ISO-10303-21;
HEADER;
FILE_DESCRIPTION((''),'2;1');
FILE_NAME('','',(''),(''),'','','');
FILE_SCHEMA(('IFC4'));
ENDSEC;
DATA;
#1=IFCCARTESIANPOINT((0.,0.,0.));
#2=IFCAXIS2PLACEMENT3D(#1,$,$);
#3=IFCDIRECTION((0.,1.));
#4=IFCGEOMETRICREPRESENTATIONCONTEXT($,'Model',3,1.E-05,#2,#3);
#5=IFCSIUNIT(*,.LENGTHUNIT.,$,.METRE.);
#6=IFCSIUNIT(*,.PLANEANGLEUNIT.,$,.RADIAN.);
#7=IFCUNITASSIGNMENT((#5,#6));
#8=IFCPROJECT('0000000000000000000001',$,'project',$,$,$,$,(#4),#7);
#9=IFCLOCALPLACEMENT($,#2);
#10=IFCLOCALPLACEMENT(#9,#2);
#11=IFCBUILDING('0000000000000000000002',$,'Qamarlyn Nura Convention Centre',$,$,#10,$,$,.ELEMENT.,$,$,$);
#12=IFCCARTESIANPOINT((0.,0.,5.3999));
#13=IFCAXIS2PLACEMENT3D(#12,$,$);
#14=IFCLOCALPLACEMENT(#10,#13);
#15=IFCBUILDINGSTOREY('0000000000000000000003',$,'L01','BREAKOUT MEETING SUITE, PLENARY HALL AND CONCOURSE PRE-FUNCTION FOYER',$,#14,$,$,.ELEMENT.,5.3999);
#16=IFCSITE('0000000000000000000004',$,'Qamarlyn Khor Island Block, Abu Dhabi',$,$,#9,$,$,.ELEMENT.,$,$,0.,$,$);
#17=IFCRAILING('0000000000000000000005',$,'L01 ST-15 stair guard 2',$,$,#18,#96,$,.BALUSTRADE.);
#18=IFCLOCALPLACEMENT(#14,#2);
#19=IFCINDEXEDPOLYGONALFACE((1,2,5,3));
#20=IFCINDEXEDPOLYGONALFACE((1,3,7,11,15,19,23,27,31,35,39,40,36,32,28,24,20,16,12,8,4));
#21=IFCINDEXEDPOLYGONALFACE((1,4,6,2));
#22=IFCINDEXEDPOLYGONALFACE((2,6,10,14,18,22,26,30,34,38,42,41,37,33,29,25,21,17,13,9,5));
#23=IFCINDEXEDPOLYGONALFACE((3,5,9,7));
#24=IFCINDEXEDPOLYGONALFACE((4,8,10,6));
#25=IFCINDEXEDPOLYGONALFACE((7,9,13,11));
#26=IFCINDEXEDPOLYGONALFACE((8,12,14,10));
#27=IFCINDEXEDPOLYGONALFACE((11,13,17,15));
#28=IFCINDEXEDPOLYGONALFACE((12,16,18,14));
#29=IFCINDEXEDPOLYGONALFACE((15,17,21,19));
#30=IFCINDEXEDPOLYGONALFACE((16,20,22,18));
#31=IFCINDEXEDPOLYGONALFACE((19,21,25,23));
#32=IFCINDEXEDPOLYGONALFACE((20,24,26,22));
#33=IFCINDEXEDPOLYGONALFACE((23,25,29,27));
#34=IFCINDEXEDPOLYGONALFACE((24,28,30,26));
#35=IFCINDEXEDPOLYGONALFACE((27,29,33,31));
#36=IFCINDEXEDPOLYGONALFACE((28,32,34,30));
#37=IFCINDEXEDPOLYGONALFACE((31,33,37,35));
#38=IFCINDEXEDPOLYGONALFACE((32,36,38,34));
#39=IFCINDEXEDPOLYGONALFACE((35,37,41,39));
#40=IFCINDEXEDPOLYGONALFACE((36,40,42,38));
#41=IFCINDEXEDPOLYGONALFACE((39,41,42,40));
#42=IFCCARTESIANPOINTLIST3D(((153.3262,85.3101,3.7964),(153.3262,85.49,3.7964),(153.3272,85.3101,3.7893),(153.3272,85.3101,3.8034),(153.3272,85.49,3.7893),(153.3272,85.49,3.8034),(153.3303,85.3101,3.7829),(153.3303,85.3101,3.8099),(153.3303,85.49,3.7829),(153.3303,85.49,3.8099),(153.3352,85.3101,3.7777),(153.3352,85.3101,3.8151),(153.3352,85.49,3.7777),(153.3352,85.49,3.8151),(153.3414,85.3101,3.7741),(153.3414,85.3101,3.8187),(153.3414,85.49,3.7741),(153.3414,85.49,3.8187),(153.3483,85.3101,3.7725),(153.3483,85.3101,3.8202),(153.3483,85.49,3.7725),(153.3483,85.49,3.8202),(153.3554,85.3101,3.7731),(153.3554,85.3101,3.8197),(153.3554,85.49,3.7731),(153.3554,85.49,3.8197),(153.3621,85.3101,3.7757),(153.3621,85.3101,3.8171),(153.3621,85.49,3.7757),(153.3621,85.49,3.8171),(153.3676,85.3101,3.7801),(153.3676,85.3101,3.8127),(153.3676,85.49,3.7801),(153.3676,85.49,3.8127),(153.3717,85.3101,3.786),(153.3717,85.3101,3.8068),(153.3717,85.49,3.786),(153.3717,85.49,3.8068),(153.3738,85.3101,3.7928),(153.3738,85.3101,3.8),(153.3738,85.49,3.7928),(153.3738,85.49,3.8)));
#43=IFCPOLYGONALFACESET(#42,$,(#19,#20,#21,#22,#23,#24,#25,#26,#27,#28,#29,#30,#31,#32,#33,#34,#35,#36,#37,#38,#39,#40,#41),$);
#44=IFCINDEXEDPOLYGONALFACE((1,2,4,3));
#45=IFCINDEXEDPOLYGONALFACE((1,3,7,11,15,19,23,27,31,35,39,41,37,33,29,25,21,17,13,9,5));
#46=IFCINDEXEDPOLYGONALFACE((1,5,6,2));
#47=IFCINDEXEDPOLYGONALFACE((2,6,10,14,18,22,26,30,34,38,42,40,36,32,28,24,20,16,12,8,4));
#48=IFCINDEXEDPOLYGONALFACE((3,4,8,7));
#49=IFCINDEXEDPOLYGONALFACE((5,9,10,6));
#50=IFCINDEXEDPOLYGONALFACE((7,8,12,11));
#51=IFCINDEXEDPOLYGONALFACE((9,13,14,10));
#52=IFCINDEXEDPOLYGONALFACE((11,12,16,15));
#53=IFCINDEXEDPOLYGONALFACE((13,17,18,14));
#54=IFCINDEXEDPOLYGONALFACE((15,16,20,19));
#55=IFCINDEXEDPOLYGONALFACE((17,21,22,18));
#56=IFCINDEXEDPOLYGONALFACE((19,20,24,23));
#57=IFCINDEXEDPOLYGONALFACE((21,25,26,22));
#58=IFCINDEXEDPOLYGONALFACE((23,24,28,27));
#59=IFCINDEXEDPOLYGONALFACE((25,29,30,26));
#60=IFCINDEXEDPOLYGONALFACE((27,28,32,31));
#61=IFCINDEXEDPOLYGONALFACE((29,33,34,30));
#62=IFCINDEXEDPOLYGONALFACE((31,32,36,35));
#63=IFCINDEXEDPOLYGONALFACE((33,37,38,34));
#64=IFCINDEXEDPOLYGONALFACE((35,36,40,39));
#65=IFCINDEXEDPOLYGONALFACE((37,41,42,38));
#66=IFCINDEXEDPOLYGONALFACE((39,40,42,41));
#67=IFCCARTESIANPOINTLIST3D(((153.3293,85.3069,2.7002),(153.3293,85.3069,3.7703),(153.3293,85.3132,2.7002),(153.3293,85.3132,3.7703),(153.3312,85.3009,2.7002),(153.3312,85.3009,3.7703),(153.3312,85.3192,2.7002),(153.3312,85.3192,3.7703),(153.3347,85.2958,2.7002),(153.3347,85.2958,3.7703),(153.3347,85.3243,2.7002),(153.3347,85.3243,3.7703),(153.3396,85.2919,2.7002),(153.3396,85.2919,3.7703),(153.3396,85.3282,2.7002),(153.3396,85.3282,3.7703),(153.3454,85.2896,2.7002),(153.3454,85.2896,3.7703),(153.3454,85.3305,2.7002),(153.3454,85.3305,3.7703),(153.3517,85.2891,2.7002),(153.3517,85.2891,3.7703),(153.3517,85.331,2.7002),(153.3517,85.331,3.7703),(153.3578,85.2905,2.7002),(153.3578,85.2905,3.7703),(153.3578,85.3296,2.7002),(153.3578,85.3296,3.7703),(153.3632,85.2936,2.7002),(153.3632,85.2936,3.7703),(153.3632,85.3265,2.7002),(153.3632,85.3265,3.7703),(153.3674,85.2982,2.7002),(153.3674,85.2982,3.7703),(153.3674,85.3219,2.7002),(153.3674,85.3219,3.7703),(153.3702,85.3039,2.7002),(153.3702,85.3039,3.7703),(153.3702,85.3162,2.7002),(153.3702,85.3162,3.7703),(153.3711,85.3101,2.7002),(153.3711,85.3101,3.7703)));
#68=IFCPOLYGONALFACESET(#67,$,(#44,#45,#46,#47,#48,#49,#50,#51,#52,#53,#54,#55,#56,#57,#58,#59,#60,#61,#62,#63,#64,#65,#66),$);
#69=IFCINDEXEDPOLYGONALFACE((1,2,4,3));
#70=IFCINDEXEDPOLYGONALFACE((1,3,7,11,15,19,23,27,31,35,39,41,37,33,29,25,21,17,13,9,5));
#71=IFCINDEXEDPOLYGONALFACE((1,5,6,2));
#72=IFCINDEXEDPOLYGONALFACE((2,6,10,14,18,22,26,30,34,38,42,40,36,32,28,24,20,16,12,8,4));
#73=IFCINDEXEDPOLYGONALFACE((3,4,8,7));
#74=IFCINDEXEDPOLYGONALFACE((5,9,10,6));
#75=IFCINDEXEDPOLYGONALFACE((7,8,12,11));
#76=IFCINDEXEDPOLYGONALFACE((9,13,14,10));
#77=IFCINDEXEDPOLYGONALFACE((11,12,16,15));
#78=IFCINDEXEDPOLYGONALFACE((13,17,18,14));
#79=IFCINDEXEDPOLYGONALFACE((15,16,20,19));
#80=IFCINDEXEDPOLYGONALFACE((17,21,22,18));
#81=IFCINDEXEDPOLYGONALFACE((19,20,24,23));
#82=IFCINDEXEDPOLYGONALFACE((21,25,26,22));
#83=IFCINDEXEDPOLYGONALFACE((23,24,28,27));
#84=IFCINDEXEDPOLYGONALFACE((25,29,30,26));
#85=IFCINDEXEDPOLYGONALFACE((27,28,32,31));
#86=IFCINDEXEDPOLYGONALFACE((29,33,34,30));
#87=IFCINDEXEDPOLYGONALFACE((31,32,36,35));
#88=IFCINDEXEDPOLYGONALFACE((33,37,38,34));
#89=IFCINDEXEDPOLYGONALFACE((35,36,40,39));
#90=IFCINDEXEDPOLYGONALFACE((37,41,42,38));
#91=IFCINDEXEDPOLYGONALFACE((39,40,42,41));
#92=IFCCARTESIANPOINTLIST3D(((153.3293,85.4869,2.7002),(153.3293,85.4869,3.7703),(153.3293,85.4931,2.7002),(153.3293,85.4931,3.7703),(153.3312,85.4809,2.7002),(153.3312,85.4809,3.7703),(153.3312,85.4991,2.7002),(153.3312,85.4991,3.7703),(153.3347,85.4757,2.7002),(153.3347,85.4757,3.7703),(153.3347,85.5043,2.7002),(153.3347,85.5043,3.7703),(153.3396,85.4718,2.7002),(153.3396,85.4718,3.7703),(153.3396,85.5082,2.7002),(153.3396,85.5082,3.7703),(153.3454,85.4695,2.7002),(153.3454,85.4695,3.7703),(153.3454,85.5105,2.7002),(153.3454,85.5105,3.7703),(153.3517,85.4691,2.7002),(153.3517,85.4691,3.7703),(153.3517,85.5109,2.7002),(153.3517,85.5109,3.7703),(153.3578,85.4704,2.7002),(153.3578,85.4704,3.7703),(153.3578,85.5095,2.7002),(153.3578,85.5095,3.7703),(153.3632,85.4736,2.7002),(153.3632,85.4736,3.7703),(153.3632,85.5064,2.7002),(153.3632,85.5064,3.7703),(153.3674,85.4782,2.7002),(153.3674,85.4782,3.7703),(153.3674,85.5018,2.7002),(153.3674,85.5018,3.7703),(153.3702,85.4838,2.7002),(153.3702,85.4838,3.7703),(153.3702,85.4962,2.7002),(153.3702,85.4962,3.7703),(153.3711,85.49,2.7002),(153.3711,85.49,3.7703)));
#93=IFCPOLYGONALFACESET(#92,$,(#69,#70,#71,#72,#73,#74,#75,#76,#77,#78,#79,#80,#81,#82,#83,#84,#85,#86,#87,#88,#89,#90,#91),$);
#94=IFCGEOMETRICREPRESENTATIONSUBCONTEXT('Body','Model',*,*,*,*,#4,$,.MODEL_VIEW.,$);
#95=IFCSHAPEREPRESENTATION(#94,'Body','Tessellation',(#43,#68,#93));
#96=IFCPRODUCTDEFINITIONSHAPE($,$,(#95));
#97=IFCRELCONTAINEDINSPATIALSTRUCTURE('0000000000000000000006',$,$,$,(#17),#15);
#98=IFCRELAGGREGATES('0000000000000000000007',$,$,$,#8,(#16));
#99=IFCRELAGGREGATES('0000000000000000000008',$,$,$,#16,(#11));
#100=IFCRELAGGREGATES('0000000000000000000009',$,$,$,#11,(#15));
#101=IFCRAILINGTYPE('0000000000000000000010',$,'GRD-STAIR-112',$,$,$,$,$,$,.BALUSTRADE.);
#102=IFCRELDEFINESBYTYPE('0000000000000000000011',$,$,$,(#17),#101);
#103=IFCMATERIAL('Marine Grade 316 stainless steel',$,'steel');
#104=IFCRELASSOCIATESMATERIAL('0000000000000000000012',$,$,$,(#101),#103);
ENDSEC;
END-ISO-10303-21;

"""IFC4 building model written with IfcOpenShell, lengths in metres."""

from ifc_helpers import new_model, si_unit, direction, frame, origin, origin_2d, place, context, subcontext, project, spatial, circle, extrude, material, type_object, element, save


model = new_model("IFC4")

# Units and contexts
model_context = context("Model", 3, precision=1e-05, world=origin(), true_north=direction((0.0, 1.0)))
body_context = subcontext(model_context, "Body", "Model", "MODEL_VIEW")
ifc_project = project(units=[si_unit("LENGTHUNIT", "METRE"), si_unit("PLANEANGLEUNIT", "RADIAN")], contexts=[model_context])

# Site, building, storey
site_placement = place(None, origin())
site = spatial("IfcSite", under=ifc_project, at=site_placement, Name="Qamarlyn Khor Island Block, Abu Dhabi", CompositionType="ELEMENT", RefElevation=0.0)
building_placement = place(site_placement, origin())
building = spatial("IfcBuilding", under=site, at=building_placement, Name="Qamarlyn Nura Convention Centre", CompositionType="ELEMENT")
storey_placement = place(building_placement, frame((0.0, 0.0, 5.3999)))
storey = spatial("IfcBuildingStorey", under=building, at=storey_placement, Name="L01", Description="BREAKOUT MEETING SUITE, PLENARY HALL AND CONCOURSE PRE-FUNCTION FOYER", CompositionType="ELEMENT", Elevation=5.3999)

# Railing
ifc_material_1 = material(Name="Marine Grade 316 stainless steel", Category="steel")
railing_type_1 = type_object("IfcRailingType", Name="GRD-STAIR-112", PredefinedType="BALUSTRADE", material=ifc_material_1)
railing_1_placement = place(storey_placement, frame((153.3501, 85.3101, 2.7002)))
element("IfcRailing", 1, at=railing_1_placement, inside=storey, type_object=railing_type_1, Name="L01 ST-15 stair guard 2", PredefinedType="BALUSTRADE", context=body_context, shape_type="SweptSolid", body=[
    extrude(circle(Radius=0.0239, at=origin_2d()), frame((0.0, 0.0, 1.0962), z_axis=(0.0, 1.0, 0.0), x_axis=(-1.0, 0.0, 0.0)), (0.0, 0.0, 1.0), 0.1799),
    extrude(circle(Radius=0.021, at=origin_2d()), origin(), (0.0, 0.0, 1.0), 1.0701),
    extrude(circle(Radius=0.021, at=origin_2d()), frame((0.0, 0.1799, 0.0)), (0.0, 0.0, 1.0), 1.0701),
])

save(model, "model.ifc")
